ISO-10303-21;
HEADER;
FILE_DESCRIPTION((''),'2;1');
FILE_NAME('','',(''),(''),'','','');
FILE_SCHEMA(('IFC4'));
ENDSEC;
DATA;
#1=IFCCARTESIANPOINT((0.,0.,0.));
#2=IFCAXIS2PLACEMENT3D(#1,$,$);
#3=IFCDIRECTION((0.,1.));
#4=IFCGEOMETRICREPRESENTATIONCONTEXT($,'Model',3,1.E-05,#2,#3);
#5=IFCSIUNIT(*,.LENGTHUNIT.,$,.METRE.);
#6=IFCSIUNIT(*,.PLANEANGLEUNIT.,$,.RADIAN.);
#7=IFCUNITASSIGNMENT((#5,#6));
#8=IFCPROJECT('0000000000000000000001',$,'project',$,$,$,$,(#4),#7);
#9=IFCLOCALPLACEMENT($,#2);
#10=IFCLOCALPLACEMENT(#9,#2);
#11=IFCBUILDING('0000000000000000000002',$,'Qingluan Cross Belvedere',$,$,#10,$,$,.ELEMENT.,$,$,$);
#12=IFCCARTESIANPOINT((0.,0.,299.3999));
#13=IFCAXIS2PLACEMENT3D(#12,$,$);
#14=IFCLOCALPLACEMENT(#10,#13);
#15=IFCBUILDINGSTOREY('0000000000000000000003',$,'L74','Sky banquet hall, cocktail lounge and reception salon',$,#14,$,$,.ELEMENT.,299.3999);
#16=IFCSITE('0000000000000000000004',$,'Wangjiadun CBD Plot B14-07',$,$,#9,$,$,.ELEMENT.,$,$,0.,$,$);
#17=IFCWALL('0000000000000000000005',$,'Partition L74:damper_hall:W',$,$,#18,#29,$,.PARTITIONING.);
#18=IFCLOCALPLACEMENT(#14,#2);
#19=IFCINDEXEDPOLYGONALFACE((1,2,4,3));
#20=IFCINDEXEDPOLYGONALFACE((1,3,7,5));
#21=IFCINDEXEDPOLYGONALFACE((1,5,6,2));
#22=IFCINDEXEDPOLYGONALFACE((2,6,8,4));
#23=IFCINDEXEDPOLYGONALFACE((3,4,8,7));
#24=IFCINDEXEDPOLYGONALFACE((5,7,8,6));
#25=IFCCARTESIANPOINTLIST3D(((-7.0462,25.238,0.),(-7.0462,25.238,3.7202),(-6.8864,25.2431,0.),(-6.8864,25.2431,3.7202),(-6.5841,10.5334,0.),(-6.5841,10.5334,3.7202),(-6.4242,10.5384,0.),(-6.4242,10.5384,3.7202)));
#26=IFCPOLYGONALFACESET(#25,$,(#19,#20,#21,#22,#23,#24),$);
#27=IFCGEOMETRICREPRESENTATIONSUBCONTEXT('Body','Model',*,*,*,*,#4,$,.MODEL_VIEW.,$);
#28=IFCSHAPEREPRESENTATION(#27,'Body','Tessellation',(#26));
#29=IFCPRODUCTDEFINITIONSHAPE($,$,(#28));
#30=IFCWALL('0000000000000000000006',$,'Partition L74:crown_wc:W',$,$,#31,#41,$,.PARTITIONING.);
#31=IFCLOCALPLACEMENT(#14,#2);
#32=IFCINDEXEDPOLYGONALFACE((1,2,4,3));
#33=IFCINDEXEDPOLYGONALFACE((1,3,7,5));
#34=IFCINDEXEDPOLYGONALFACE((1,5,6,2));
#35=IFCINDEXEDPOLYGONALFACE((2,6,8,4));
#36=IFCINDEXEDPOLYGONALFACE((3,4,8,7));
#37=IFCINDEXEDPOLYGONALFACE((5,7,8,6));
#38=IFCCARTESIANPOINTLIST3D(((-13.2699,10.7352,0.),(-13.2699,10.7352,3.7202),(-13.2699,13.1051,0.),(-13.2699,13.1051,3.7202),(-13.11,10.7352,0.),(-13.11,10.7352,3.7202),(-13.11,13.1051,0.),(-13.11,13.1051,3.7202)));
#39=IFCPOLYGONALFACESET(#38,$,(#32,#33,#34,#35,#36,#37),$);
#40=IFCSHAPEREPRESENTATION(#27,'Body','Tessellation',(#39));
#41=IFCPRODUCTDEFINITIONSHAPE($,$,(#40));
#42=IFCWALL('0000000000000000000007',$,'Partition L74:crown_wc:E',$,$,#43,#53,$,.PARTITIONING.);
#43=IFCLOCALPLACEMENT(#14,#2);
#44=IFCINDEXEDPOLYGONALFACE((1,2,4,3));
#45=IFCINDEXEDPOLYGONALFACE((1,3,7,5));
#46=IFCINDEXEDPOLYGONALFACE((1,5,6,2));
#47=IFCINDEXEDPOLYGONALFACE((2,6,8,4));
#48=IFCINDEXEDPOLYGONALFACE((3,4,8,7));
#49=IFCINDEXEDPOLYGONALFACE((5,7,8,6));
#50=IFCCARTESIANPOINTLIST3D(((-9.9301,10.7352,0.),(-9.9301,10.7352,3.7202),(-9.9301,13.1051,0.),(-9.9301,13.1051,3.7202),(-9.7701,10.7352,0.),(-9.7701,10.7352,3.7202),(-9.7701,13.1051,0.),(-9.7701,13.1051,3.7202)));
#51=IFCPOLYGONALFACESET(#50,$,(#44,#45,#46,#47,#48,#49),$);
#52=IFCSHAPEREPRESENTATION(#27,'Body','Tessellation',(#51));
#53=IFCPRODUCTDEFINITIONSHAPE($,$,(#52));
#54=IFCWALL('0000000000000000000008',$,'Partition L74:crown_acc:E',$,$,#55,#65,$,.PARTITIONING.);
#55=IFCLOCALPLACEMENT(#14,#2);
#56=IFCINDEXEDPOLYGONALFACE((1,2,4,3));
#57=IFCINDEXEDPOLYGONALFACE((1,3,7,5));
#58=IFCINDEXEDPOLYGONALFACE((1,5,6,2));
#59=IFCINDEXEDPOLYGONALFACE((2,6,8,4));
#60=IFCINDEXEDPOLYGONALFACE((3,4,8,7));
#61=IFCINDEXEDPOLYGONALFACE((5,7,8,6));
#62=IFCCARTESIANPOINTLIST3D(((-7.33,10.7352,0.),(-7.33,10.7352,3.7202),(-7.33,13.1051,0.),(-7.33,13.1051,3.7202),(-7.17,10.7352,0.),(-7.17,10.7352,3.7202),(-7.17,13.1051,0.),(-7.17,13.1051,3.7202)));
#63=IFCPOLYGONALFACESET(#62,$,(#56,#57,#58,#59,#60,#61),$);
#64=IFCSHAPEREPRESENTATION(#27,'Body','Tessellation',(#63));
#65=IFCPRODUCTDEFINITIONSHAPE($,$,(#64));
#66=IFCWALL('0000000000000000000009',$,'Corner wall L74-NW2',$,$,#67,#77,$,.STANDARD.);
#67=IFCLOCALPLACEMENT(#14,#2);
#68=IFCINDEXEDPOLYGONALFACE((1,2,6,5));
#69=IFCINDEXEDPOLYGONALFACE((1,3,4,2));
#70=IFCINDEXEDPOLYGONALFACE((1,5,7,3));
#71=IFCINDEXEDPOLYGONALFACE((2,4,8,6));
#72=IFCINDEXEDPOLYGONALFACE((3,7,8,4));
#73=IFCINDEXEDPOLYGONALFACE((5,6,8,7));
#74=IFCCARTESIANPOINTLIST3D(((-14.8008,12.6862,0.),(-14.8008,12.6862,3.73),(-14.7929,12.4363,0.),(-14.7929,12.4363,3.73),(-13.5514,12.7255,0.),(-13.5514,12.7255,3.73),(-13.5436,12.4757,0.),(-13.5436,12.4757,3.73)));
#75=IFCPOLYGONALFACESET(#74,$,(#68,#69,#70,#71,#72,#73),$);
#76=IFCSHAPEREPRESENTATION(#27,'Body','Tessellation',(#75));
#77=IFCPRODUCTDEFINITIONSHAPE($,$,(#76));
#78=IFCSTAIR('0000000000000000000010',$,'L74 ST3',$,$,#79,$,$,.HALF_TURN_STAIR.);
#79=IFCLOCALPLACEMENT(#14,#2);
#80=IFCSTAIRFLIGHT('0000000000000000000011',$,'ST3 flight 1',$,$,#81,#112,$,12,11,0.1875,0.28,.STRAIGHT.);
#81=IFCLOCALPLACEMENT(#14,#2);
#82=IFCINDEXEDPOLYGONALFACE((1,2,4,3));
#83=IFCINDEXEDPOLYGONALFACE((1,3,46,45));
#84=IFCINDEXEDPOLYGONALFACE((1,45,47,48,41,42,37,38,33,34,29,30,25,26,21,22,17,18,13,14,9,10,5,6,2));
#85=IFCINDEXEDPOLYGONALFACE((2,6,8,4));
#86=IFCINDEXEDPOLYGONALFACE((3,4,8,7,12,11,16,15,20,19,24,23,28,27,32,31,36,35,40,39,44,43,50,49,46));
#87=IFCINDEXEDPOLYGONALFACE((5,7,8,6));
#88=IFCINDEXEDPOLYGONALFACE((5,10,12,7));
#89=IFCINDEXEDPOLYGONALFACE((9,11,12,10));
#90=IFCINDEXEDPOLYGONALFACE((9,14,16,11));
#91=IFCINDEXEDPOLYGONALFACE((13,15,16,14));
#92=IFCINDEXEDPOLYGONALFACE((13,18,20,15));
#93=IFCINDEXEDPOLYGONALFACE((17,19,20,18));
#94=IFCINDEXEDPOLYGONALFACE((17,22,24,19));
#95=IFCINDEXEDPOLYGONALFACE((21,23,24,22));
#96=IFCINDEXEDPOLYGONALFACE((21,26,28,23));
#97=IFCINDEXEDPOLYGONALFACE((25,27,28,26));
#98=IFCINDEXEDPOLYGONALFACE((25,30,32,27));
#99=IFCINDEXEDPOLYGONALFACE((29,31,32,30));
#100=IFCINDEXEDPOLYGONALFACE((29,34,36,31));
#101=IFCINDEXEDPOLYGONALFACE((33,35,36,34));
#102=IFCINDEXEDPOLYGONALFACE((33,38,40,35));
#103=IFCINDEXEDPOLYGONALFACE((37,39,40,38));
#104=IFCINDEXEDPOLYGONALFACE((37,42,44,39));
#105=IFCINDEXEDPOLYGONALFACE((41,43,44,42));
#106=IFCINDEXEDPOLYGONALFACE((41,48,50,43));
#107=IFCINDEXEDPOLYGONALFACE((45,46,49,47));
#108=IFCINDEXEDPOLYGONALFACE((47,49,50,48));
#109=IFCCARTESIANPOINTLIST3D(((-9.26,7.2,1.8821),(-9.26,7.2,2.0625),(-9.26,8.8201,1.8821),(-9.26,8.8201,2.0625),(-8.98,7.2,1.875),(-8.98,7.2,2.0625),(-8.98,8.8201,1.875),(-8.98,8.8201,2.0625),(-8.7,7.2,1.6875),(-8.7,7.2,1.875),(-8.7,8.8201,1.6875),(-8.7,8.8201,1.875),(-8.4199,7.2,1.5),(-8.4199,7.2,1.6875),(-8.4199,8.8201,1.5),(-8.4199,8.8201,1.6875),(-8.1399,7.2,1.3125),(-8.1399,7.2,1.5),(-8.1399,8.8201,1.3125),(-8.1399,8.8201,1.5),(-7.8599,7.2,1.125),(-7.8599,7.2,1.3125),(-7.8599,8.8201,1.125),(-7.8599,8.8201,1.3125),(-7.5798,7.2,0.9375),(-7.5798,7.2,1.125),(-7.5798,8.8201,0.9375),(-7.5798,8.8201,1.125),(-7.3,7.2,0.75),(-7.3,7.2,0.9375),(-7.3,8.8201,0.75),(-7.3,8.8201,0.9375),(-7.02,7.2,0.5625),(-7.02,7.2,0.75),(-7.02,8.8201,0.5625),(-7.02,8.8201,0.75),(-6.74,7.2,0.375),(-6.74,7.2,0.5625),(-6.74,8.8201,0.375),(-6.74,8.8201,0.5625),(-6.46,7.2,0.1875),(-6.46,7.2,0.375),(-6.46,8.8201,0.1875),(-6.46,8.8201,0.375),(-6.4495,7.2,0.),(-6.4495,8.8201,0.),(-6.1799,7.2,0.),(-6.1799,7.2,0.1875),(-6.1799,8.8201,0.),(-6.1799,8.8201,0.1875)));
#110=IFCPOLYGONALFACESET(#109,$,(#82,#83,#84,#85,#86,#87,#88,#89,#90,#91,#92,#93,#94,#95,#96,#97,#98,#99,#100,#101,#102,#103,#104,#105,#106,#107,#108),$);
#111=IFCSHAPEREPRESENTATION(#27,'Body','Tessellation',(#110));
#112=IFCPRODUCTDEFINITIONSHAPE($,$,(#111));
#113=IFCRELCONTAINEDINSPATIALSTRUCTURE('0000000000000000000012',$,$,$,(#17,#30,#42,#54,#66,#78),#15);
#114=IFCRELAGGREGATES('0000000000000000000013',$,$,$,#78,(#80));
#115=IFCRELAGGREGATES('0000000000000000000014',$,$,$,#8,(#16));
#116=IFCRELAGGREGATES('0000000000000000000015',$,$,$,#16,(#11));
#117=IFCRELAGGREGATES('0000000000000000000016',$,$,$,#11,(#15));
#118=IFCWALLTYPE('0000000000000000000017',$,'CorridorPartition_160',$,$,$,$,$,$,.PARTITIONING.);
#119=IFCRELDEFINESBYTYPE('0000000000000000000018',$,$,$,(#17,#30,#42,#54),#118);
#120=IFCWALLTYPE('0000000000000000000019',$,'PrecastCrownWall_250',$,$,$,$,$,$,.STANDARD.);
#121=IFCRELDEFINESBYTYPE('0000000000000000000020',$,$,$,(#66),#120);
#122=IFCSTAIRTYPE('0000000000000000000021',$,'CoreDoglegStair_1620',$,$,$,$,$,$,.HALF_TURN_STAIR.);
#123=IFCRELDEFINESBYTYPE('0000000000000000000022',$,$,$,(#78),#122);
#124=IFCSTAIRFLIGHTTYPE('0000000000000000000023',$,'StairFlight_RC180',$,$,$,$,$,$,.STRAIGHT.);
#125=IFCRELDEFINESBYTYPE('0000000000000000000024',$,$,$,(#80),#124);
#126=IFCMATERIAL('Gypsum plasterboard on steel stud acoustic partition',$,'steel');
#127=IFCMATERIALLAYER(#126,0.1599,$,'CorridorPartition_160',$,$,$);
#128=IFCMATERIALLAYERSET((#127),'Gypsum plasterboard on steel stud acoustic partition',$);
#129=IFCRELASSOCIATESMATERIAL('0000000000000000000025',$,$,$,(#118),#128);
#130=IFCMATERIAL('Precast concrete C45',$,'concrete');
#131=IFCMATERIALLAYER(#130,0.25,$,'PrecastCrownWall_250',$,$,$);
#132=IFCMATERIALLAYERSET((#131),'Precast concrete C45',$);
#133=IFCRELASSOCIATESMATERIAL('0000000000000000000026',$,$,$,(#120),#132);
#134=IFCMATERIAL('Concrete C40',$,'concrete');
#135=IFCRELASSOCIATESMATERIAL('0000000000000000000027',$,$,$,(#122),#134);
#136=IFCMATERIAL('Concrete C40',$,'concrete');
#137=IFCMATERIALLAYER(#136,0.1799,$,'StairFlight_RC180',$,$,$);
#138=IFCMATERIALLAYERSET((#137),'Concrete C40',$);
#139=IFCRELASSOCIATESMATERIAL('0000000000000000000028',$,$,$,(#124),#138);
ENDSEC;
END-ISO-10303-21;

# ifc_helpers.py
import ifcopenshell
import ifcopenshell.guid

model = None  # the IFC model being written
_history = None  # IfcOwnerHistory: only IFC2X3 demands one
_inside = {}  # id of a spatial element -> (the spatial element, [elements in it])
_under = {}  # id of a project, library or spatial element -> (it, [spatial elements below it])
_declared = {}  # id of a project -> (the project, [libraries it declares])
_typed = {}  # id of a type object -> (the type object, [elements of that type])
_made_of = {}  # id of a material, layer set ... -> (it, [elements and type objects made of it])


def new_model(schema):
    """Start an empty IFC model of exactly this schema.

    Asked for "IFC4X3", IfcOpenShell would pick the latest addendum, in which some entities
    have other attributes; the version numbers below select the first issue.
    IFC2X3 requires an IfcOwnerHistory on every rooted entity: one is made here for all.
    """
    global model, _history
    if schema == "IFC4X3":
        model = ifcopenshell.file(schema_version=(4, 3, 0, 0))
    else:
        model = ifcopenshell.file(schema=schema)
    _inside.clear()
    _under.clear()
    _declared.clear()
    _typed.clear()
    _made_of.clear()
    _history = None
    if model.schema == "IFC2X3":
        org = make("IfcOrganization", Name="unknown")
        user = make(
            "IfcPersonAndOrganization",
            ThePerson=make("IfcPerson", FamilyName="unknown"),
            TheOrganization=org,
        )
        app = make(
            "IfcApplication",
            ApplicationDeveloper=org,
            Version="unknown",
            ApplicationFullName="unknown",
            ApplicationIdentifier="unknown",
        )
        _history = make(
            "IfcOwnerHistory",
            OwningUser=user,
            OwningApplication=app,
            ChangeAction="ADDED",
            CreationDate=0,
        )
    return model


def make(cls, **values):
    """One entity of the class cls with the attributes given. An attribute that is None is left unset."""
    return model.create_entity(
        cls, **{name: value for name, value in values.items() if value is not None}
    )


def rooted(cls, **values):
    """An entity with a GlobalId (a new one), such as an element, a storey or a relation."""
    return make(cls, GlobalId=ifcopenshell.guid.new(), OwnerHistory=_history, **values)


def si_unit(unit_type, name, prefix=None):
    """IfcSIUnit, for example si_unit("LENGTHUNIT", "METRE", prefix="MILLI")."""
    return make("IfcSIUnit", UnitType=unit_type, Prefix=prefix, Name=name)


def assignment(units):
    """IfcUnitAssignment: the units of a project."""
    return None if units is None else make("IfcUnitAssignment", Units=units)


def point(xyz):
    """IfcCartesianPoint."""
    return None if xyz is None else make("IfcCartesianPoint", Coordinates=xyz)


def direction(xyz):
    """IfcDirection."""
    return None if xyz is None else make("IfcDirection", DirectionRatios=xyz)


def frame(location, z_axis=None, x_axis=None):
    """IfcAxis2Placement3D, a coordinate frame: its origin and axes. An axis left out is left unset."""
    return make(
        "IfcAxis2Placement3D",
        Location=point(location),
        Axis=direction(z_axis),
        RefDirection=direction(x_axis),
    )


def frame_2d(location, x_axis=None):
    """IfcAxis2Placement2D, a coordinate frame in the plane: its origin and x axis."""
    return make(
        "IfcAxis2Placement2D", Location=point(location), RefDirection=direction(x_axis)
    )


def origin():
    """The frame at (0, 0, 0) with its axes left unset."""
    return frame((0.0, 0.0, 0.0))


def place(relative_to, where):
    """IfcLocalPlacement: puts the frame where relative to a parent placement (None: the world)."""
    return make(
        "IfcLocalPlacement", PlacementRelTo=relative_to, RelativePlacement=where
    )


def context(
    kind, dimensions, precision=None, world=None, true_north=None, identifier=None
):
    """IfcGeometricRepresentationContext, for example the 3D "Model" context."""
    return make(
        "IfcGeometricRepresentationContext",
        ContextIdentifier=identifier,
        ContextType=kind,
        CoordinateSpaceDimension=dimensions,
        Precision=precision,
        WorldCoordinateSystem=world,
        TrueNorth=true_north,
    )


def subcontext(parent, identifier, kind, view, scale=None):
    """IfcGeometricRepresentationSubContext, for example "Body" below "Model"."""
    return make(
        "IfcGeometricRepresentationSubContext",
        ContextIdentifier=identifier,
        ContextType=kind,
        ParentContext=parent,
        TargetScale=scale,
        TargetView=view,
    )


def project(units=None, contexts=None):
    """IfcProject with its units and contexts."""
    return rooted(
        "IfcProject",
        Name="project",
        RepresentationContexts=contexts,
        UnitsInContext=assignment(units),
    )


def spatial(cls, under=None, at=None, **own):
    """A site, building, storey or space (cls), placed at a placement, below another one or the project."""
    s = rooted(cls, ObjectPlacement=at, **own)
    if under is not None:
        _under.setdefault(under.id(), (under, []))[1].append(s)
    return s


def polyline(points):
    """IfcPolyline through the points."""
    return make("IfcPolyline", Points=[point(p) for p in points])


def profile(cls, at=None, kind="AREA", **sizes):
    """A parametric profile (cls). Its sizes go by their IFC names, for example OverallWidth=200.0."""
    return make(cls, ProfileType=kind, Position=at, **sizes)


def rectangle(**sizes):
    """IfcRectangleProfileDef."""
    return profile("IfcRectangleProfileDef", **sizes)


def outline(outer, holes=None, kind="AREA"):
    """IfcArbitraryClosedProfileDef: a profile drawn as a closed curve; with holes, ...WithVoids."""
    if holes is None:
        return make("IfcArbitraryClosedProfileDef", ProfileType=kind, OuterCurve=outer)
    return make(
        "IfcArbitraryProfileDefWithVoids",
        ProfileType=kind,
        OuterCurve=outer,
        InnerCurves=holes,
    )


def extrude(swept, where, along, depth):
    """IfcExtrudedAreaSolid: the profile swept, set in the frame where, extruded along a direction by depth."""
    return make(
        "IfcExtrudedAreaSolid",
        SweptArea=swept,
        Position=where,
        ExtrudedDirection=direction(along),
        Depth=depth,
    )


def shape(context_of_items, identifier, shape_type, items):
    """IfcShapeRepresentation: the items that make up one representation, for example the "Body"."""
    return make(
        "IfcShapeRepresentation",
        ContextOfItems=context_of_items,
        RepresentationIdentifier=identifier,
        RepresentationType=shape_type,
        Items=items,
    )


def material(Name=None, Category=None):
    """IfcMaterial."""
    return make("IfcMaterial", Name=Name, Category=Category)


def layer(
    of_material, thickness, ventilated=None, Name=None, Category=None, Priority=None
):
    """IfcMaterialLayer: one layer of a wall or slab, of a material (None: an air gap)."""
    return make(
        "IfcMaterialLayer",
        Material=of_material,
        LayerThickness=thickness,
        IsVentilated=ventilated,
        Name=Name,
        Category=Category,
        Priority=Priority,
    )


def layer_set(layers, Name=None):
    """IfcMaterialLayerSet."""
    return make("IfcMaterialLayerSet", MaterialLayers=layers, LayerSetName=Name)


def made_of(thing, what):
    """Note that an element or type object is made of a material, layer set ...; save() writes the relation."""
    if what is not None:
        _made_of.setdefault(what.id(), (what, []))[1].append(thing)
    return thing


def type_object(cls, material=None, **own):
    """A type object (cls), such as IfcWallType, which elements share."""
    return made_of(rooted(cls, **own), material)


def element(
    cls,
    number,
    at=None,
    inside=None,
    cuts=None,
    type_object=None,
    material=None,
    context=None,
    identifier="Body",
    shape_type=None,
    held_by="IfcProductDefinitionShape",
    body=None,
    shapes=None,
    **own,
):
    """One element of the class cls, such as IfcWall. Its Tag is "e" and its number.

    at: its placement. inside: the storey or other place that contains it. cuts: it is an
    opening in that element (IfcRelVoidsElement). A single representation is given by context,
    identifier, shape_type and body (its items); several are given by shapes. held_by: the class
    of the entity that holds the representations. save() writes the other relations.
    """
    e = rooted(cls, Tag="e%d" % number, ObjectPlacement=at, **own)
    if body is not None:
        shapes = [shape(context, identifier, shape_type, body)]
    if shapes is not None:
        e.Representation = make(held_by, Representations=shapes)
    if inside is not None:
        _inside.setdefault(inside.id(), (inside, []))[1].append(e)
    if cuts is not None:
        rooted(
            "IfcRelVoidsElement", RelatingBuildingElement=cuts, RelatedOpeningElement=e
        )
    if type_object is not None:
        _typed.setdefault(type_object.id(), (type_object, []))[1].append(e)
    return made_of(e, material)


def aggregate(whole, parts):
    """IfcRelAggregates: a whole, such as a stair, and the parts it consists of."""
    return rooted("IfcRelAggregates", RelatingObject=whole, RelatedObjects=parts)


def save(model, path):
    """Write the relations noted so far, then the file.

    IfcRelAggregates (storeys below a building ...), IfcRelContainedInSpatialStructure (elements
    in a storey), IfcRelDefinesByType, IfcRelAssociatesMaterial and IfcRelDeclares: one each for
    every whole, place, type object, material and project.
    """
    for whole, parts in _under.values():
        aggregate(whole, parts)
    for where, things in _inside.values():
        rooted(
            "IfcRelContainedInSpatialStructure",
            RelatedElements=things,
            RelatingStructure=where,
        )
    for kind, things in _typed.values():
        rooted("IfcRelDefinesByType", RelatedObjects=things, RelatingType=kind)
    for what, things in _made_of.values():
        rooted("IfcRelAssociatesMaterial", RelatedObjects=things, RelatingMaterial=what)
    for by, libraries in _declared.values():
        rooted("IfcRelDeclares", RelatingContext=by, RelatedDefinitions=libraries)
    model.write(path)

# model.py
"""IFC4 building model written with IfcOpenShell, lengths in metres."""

from ifc_helpers import new_model, si_unit, direction, frame, frame_2d, origin, place, context, subcontext, project, spatial, polyline, rectangle, outline, extrude, material, layer, layer_set, type_object, element, aggregate, save


model = new_model("IFC4")

# Units and contexts
model_context = context("Model", 3, precision=1e-05, world=origin(), true_north=direction((0.0, 1.0)))
body_context = subcontext(model_context, "Body", "Model", "MODEL_VIEW")
ifc_project = project(units=[si_unit("LENGTHUNIT", "METRE"), si_unit("PLANEANGLEUNIT", "RADIAN")], contexts=[model_context])

# Site, building, storey
site_placement = place(None, origin())
site = spatial("IfcSite", under=ifc_project, at=site_placement, Name="Wangjiadun CBD Plot B14-07", CompositionType="ELEMENT", RefElevation=0.0)
building_placement = place(site_placement, origin())
building = spatial("IfcBuilding", under=site, at=building_placement, Name="Qingluan Cross Belvedere", CompositionType="ELEMENT")
storey_placement = place(building_placement, frame((0.0, 0.0, 299.3999)))
storey = spatial("IfcBuildingStorey", under=building, at=storey_placement, Name="L74", Description="Sky banquet hall, cocktail lounge and reception salon", CompositionType="ELEMENT", Elevation=299.3999)

# Shared definitions
ifc_material_1 = material(Name="Gypsum plasterboard on steel stud acoustic partition", Category="steel")
ifc_layer_1 = layer(ifc_material_1, 0.1599, Name="CorridorPartition_160")
ifc_layer_set_1 = layer_set([ifc_layer_1], Name="Gypsum plasterboard on steel stud acoustic partition")
wall_type_1 = type_object("IfcWallType", Name="CorridorPartition_160", PredefinedType="PARTITIONING", material=ifc_layer_set_1)

# Wall
wall_1_placement = place(storey_placement, frame((-6.5042, 10.5359, 0.0), z_axis=(0.0, 0.0, 1.0), x_axis=(-0.031414, 0.999506, 0.0)))
element("IfcWall", 1, at=wall_1_placement, inside=storey, type_object=wall_type_1, Name="Partition L74:damper_hall:W", PredefinedType="PARTITIONING", context=body_context, shape_type="SweptSolid", body=[
    extrude(rectangle(XDim=14.7119, YDim=0.1599, at=frame_2d((7.356, 0.0))), origin(), (0.0, 0.0, 1.0), 3.7202),
])

# Walls
for number, where, z_axis, x_axis, name in (
    (2, (-13.1899, 10.7351, 0.0), (0.0, 0.0, 1.0), (0.0, 1.0, 0.0), "Partition L74:crown_wc:W"),
    (3, (-9.8501, 10.7351, 0.0), (0.0, 0.0, 1.0), (0.0, 1.0, 0.0), "Partition L74:crown_wc:E"),
):
    element("IfcWall", number, at=place(storey_placement, frame(where, z_axis=z_axis, x_axis=x_axis)), inside=storey, type_object=wall_type_1, Name=name, PredefinedType="PARTITIONING", context=body_context, shape_type="SweptSolid", body=[
        extrude(rectangle(XDim=2.3699, YDim=0.1599, at=frame_2d((1.1851, 0.0))), origin(), (0.0, 0.0, 1.0), 3.7202),
    ])

# Walls
wall_2_placement = place(storey_placement, frame((-7.25, 10.7351, 0.0), z_axis=(0.0, 0.0, 1.0), x_axis=(0.0, 1.0, 0.0)))
element("IfcWall", 4, at=wall_2_placement, inside=storey, type_object=wall_type_1, Name="Partition L74:crown_acc:E", PredefinedType="PARTITIONING", context=body_context, shape_type="SweptSolid", body=[
    extrude(rectangle(XDim=2.3699, YDim=0.1599, at=frame_2d((1.1851, 0.0))), origin(), (0.0, 0.0, 1.0), 3.7202),
])
ifc_material_2 = material(Name="Precast concrete C45", Category="concrete")
ifc_layer_2 = layer(ifc_material_2, 0.25, Name="PrecastCrownWall_250")
ifc_layer_set_2 = layer_set([ifc_layer_2], Name="Precast concrete C45")
wall_type_2 = type_object("IfcWallType", Name="PrecastCrownWall_250", PredefinedType="STANDARD", material=ifc_layer_set_2)
wall_3_placement = place(storey_placement, frame((-14.7969, 12.5613, 0.0), z_axis=(0.0, 0.0, 1.0), x_axis=(0.999505, 0.031448, 0.0)))
element("IfcWall", 5, at=wall_3_placement, inside=storey, type_object=wall_type_2, Name="Corner wall L74-NW2", PredefinedType="STANDARD", context=body_context, shape_type="SweptSolid", body=[
    extrude(rectangle(XDim=1.25, YDim=0.25, at=frame_2d((0.625, 0.0))), origin(), (0.0, 0.0, 1.0), 3.73),
])

# Stair, stair flight
ifc_material_3 = material(Name="Concrete C40", Category="concrete")
stair_type = type_object("IfcStairType", Name="CoreDoglegStair_1620", PredefinedType="HALF_TURN_STAIR", material=ifc_material_3)
stair_placement = place(storey_placement, origin())
stair = element("IfcStair", 6, at=stair_placement, inside=storey, type_object=stair_type, Name="L74 ST3", PredefinedType="HALF_TURN_STAIR")
ifc_material_4 = material(Name="Concrete C40", Category="concrete")
ifc_layer_3 = layer(ifc_material_4, 0.1799, Name="StairFlight_RC180")
ifc_layer_set_3 = layer_set([ifc_layer_3], Name="Concrete C40")
stair_flight_type = type_object("IfcStairFlightType", Name="StairFlight_RC180", PredefinedType="STRAIGHT", material=ifc_layer_set_3)
stair_flight_placement = place(storey_placement, frame((-6.1799, 8.01, 0.0), z_axis=(0.0, 0.0, 1.0), x_axis=(-1.0, 0.0, 0.0)))
stair_flight = element("IfcStairFlight", 7, at=stair_flight_placement, type_object=stair_flight_type, Name="ST3 flight 1", NumberOfRisers=12, NumberOfTreads=11, PredefinedType="STRAIGHT", RiserHeight=0.1875, TreadLength=0.28, context=body_context, shape_type="SweptSolid", body=[
    extrude(outline(polyline([(0.0, 0.0), (0.0, 0.1875), (0.28, 0.1875), (0.28, 0.375), (0.5601, 0.375), (0.5601, 0.5625), (0.8401, 0.5625), (0.8401, 0.75), (1.1201, 0.75), (1.1201, 0.9375), (1.3999, 0.9375), (1.3999, 1.125), (1.6799, 1.125), (1.6799, 1.3125), (1.96, 1.3125), (1.96, 1.5), (2.24, 1.5), (2.24, 1.6875), (2.52, 1.6875), (2.52, 1.875), (2.8, 1.875), (2.8, 2.0625), (3.0801, 2.0625), (3.0801, 2.25), (3.0801, 1.8821), (0.2695, 0.0), (0.0, 0.0)])), frame((0.0, 0.8101, 0.0), z_axis=(0.0, -1.0, 0.0), x_axis=(1.0, 0.0, 0.0)), (0.0, 0.0, 1.0), 1.6201),
])
aggregate(stair, [stair_flight])

save(model, "model.ifc")
